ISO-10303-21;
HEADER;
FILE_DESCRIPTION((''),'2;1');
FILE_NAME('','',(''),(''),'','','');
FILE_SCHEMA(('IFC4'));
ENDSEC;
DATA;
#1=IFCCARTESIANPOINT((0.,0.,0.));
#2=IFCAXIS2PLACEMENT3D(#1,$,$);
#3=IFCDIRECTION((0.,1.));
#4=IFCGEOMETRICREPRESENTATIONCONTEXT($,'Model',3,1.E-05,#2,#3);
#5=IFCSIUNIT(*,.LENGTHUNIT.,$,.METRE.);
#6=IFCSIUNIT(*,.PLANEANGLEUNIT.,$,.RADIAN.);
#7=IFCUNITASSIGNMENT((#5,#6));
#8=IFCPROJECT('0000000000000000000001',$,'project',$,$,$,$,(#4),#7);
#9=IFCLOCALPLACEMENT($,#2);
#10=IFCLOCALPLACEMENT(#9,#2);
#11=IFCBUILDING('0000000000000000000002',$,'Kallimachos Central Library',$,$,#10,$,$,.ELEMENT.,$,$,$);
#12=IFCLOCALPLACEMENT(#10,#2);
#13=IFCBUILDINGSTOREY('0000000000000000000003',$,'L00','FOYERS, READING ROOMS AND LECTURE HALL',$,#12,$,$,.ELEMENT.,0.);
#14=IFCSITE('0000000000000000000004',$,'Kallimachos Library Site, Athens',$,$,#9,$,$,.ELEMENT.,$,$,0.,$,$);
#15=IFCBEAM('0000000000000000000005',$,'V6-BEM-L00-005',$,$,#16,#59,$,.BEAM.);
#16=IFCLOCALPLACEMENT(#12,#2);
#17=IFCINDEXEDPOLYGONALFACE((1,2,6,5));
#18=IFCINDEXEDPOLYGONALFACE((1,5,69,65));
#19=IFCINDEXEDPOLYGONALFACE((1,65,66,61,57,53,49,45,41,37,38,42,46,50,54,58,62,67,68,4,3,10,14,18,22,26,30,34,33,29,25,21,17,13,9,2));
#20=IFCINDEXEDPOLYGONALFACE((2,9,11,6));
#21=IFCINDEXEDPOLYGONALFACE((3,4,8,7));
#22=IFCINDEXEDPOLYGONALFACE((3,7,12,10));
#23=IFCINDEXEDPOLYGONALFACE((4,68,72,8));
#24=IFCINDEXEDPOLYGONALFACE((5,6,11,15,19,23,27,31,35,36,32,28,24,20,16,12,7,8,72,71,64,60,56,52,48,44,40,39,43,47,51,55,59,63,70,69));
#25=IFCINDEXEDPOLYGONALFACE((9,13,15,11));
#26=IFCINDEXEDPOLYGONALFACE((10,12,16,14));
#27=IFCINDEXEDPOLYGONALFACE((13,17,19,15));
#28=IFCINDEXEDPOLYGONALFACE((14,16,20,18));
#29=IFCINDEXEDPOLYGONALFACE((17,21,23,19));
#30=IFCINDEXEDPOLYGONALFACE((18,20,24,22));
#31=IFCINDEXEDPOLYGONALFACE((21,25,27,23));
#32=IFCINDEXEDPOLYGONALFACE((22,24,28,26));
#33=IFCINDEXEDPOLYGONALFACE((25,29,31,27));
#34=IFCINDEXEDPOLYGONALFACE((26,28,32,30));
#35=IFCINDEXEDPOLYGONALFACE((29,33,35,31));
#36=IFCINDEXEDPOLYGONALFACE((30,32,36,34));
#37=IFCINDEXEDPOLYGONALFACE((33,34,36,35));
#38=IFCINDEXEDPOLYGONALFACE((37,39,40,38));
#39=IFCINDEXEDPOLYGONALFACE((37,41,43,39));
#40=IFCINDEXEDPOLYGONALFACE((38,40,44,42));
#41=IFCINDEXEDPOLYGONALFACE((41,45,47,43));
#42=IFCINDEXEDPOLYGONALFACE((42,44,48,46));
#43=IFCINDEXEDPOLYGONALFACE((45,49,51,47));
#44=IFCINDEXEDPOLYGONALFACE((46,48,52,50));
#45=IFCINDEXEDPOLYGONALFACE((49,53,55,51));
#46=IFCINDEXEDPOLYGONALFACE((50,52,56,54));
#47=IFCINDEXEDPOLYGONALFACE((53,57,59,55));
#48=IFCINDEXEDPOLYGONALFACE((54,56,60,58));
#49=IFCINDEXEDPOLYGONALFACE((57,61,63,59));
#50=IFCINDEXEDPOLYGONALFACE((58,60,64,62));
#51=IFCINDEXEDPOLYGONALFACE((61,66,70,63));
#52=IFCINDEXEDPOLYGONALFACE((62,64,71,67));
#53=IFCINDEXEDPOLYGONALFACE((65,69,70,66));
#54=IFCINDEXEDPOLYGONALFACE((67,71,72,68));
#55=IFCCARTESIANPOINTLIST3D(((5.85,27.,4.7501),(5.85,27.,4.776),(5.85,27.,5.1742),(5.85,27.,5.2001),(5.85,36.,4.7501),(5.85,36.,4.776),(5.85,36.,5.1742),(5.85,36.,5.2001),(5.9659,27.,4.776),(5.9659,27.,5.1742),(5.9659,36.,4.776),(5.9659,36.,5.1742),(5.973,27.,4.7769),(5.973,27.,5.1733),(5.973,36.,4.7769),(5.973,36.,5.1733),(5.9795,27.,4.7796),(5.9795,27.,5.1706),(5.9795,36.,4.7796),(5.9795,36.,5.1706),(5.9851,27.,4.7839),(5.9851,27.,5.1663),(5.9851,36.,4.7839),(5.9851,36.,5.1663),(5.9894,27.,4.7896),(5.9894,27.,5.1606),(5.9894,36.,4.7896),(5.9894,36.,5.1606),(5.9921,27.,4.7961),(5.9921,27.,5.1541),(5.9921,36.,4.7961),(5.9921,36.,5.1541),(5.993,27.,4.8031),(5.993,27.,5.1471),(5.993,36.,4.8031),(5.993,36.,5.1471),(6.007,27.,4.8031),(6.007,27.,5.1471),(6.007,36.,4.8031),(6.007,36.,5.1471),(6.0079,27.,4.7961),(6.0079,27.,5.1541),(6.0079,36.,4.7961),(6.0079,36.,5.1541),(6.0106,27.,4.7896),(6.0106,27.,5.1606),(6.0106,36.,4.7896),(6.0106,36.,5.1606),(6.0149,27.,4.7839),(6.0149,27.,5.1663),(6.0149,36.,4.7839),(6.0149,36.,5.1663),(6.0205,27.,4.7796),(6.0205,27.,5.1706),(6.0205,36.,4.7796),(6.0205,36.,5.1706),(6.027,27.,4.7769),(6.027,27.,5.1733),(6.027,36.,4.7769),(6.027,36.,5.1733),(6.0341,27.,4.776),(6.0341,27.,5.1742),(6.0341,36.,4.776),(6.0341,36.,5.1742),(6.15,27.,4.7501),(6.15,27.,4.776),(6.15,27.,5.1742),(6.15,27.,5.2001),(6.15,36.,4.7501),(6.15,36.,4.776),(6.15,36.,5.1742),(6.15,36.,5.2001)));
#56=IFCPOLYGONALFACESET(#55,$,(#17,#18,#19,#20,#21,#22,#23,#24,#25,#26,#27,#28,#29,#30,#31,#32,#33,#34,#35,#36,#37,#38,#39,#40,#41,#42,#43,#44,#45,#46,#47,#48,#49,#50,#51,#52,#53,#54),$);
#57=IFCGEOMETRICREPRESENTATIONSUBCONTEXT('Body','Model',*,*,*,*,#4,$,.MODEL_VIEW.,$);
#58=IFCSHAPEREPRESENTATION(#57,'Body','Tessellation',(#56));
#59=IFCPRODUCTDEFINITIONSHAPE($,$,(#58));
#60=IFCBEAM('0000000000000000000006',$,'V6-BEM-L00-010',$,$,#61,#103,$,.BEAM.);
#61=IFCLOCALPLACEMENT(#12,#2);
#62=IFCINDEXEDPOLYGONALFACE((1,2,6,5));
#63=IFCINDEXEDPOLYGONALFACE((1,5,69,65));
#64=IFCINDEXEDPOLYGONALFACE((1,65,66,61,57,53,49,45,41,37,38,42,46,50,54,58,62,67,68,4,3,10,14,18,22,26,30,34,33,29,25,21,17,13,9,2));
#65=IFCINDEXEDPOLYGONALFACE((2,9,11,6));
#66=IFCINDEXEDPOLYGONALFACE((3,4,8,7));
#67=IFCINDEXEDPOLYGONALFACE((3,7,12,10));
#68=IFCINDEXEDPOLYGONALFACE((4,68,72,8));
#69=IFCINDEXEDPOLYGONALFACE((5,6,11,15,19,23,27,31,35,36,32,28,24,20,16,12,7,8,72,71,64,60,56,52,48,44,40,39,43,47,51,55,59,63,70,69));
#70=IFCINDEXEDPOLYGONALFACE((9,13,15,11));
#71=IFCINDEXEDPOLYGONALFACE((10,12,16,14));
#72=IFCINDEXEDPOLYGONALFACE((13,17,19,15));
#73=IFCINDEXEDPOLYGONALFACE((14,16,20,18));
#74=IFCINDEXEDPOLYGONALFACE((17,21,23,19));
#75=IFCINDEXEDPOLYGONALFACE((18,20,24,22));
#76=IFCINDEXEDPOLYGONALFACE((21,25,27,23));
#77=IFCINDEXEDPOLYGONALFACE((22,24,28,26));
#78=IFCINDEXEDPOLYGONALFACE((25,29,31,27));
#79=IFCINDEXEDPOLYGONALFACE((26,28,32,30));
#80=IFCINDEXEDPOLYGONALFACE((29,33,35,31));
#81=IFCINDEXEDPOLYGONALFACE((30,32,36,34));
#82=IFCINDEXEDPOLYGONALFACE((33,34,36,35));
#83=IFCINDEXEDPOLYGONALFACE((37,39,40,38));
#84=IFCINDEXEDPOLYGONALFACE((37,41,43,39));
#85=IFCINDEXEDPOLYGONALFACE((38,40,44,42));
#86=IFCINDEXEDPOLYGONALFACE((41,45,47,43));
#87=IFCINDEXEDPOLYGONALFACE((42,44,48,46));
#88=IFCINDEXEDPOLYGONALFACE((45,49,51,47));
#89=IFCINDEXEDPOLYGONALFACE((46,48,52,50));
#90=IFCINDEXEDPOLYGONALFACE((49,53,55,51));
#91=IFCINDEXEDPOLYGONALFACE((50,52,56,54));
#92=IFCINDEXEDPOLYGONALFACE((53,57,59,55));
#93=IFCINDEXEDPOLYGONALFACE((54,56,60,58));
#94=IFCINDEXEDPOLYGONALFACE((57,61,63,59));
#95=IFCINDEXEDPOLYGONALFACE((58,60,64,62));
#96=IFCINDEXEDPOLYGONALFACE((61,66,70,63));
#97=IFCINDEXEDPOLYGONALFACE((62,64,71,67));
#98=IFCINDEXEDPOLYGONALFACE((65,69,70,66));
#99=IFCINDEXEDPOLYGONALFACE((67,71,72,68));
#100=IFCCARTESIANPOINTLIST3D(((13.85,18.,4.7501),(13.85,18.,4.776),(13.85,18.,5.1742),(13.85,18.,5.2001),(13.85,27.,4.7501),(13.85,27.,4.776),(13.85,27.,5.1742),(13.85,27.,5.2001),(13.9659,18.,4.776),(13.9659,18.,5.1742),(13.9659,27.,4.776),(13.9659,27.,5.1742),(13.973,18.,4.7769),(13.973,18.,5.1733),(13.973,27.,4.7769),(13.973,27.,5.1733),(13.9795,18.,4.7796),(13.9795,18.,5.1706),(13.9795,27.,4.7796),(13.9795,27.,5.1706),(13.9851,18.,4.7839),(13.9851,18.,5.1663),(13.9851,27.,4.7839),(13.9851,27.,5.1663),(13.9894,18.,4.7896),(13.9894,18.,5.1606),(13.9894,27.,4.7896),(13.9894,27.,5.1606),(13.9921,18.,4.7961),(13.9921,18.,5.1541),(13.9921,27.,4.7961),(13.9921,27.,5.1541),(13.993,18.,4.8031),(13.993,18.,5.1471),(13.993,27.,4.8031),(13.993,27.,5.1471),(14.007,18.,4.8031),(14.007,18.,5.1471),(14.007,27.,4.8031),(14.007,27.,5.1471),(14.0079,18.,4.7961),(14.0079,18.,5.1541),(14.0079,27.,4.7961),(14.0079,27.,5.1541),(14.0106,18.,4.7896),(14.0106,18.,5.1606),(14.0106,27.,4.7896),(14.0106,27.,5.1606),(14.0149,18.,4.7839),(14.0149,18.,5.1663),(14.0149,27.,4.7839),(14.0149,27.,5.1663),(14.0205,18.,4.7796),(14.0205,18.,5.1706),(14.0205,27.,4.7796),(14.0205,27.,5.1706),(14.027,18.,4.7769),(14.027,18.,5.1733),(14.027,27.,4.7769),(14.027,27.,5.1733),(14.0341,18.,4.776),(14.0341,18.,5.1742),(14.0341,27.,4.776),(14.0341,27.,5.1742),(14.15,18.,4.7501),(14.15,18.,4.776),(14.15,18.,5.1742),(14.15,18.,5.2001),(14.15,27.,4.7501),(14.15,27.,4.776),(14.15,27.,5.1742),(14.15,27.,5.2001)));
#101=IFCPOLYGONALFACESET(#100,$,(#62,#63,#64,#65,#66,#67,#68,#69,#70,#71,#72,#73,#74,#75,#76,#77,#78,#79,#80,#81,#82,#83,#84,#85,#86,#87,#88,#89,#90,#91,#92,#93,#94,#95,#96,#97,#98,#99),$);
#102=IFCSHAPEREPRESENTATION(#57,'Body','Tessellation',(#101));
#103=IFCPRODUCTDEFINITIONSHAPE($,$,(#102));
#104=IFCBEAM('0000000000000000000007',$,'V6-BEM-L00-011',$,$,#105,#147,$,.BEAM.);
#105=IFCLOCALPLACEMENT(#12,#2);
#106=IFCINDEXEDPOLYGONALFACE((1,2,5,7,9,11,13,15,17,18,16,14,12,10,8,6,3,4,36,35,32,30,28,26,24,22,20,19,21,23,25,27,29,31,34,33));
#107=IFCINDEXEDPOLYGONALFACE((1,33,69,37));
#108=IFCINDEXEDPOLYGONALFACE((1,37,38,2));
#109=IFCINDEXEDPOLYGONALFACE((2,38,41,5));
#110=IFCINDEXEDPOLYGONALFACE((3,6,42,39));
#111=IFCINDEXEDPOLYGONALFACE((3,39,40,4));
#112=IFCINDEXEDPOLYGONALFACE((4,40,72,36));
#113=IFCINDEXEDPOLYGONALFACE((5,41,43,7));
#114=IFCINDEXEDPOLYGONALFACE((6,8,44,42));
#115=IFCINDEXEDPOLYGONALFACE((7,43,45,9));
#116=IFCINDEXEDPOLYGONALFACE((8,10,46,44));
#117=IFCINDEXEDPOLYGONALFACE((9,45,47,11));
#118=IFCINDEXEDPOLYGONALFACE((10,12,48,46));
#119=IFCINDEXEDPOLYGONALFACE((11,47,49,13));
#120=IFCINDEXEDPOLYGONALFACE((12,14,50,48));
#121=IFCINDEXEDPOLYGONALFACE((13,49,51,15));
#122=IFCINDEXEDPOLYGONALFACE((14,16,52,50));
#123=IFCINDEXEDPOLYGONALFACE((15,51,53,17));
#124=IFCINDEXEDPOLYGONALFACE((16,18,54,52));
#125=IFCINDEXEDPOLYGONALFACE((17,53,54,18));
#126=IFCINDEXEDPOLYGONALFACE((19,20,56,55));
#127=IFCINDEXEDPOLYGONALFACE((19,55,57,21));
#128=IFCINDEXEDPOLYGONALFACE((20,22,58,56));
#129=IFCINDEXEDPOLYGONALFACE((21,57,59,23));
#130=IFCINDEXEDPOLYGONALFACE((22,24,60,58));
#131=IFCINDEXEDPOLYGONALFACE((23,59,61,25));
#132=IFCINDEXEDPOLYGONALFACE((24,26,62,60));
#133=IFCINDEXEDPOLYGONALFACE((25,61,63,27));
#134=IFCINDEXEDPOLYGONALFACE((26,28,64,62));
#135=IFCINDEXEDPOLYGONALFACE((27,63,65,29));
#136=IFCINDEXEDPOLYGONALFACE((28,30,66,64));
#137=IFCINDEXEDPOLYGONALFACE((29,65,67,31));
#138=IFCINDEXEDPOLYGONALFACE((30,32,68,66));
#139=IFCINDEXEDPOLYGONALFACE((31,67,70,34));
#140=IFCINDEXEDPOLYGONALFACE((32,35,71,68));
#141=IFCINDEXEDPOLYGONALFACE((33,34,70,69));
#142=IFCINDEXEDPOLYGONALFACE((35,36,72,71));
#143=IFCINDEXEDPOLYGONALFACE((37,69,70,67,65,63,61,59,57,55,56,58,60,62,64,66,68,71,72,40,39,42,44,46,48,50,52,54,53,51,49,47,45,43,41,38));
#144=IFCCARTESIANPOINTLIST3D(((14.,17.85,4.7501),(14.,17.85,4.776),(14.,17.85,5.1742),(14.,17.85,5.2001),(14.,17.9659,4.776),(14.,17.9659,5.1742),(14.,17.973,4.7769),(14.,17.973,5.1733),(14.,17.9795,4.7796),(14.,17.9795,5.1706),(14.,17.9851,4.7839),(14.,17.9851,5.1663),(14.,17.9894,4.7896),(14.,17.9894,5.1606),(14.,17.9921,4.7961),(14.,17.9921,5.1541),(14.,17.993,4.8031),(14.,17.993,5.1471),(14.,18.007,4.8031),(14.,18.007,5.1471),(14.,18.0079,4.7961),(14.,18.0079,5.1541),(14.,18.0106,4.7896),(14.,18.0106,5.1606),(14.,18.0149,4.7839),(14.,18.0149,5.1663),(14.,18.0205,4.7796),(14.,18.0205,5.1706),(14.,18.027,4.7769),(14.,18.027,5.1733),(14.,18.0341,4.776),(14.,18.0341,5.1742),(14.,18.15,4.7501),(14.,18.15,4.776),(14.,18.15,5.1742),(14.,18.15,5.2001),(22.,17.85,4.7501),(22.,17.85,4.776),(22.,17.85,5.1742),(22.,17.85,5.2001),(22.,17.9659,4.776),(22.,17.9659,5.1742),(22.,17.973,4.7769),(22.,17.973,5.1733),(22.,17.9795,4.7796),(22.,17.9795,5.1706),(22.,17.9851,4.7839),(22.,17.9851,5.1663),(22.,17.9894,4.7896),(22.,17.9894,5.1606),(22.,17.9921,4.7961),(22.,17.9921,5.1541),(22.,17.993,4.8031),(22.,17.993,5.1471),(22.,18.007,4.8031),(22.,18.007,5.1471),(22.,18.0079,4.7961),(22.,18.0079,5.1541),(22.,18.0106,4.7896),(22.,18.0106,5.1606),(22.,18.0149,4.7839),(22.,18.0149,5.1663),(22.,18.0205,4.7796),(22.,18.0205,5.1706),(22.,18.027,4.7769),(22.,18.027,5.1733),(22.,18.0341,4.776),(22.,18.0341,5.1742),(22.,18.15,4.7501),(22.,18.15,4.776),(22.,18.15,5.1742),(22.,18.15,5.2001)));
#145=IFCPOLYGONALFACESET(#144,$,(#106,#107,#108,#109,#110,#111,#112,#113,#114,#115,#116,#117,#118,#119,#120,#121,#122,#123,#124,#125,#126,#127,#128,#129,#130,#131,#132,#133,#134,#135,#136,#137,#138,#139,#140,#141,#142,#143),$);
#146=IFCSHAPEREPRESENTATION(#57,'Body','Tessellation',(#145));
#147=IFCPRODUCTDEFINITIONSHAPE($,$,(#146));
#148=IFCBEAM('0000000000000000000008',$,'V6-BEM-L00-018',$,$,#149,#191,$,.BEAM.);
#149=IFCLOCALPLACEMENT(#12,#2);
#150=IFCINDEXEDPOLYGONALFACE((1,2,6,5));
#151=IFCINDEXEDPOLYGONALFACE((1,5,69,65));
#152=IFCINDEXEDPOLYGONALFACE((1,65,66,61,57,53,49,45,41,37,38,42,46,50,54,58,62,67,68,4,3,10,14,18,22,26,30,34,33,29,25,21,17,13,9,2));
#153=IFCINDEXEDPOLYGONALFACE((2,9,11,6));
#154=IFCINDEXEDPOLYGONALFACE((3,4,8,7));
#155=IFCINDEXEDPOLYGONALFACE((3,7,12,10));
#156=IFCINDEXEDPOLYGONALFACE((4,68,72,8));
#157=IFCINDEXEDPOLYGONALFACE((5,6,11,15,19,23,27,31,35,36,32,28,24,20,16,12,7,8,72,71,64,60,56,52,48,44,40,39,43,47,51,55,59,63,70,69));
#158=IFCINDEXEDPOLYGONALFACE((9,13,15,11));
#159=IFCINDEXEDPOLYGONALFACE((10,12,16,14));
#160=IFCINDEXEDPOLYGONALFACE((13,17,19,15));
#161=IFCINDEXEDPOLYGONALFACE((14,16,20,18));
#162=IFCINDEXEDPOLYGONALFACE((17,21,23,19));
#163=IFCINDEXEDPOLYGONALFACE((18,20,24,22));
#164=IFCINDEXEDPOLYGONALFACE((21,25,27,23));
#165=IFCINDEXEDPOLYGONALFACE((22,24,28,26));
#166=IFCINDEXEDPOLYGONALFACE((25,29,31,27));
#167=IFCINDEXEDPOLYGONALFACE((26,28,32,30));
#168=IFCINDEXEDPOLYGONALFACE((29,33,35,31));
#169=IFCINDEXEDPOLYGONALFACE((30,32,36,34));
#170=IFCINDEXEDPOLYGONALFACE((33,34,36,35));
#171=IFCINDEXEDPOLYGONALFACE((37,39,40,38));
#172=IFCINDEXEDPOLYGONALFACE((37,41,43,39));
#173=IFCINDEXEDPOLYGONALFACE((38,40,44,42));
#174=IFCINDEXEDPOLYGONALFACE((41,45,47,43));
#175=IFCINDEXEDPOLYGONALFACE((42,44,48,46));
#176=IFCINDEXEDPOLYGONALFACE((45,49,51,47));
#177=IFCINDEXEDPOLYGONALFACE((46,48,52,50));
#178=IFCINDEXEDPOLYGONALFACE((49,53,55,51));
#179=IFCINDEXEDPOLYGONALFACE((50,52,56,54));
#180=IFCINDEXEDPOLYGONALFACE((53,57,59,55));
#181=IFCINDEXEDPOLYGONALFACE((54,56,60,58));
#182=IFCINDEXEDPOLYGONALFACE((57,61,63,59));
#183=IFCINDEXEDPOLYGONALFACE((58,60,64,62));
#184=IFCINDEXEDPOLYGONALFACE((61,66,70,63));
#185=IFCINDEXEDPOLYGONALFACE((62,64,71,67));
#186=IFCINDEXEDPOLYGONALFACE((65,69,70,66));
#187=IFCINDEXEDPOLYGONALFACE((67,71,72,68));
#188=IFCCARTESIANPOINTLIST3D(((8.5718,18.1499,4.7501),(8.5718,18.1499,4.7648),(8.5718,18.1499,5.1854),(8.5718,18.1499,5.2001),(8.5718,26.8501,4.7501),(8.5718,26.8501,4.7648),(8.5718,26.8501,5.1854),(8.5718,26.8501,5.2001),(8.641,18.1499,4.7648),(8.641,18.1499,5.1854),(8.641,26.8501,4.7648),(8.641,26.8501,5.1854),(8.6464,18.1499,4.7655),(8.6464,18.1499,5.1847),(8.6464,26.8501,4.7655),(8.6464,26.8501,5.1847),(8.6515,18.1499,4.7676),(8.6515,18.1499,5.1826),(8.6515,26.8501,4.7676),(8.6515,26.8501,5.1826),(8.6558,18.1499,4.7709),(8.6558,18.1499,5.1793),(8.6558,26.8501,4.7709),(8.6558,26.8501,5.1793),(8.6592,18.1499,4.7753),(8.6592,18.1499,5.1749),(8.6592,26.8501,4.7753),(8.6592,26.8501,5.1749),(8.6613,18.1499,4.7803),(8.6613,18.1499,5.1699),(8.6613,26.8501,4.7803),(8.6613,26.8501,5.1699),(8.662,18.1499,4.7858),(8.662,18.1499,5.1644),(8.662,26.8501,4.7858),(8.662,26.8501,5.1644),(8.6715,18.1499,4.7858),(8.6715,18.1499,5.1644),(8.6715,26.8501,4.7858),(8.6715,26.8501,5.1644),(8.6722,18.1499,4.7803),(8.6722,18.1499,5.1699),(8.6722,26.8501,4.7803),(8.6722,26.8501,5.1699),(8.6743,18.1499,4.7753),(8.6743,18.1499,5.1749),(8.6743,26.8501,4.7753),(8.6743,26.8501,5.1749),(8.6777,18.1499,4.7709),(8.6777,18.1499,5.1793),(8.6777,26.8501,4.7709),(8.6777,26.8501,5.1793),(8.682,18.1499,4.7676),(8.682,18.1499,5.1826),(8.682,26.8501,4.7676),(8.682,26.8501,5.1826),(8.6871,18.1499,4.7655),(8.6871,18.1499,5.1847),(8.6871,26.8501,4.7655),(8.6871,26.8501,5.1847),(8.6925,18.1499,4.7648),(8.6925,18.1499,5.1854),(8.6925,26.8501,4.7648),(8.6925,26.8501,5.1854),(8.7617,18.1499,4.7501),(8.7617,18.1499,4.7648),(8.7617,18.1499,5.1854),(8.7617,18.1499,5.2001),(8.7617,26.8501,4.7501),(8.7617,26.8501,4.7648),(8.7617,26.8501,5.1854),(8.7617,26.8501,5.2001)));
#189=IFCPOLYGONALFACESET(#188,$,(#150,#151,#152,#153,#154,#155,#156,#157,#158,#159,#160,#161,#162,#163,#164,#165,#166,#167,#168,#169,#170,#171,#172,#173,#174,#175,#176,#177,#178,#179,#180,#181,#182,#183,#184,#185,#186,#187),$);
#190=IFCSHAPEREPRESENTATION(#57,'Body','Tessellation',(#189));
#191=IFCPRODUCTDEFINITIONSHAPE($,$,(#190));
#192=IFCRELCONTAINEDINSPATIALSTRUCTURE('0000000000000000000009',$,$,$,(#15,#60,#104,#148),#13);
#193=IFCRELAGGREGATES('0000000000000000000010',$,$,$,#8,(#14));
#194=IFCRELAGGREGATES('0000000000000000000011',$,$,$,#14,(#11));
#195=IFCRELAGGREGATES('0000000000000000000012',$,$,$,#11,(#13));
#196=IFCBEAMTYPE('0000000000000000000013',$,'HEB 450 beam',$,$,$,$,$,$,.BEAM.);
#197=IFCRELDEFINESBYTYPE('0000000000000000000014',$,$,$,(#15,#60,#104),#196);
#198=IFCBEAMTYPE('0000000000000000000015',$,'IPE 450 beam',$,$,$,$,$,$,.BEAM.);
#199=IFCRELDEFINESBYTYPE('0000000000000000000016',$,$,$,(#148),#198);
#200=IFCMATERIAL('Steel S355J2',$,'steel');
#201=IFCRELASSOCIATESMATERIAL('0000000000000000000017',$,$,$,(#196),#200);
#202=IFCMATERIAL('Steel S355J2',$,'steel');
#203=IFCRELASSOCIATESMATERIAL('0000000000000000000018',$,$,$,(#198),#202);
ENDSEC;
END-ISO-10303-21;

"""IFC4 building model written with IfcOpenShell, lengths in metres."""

from ifc_helpers import new_model, si_unit, direction, frame, origin, origin_2d, place, context, subcontext, project, spatial, i_section, extrude, material, material_profile, profile_set, type_object, element, save


model = new_model("IFC4")

# Units and contexts
model_context = context("Model", 3, precision=1e-05, world=origin(), true_north=direction((0.0, 1.0)))
body_context = subcontext(model_context, "Body", "Model", "MODEL_VIEW")
ifc_project = project(units=[si_unit("LENGTHUNIT", "METRE"), si_unit("PLANEANGLEUNIT", "RADIAN")], contexts=[model_context])

# Site, building, storey
site_placement = place(None, origin())
site = spatial("IfcSite", under=ifc_project, at=site_placement, Name="Kallimachos Library Site, Athens", CompositionType="ELEMENT", RefElevation=0.0)
building_placement = place(site_placement, origin())
building = spatial("IfcBuilding", under=site, at=building_placement, Name="Kallimachos Central Library", CompositionType="ELEMENT")
storey_placement = place(building_placement, origin())
storey = spatial("IfcBuildingStorey", under=building, at=storey_placement, Name="L00", Description="FOYERS, READING ROOMS AND LECTURE HALL", CompositionType="ELEMENT", Elevation=0.0)

# Beams
ifc_material_1 = material(Name="Steel S355J2", Category="steel")
ifc_material_profile_1 = material_profile(ifc_material_1, i_section(OverallWidth=0.3, OverallDepth=0.45, WebThickness=0.0139, FlangeThickness=0.0259, FilletRadius=0.0271, at=origin_2d()), Name="HEB 450")
ifc_profile_set_1 = profile_set([ifc_material_profile_1], Name="Steel S355J2")
beam_type_1 = type_object("IfcBeamType", Name="HEB 450 beam", PredefinedType="BEAM", material=ifc_profile_set_1)
for number, where, z_axis, x_axis, name in (
    (1, (6.0, 27.0, 4.9751), (0.0, 1.0, 0.0), (-1.0, 0.0, 0.0), "V6-BEM-L00-005"),
    (2, (14.0, 18.0, 4.9751), (0.0, 1.0, 0.0), (-1.0, 0.0, 0.0), "V6-BEM-L00-010"),
):
    element("IfcBeam", number, at=place(storey_placement, frame(where, z_axis=z_axis, x_axis=x_axis)), inside=storey, type_object=beam_type_1, Name=name, PredefinedType="BEAM", context=body_context, shape_type="SweptSolid", body=[
        extrude(i_section(OverallWidth=0.3, OverallDepth=0.45, WebThickness=0.0139, FlangeThickness=0.0259, FilletRadius=0.0271, at=origin_2d()), origin(), (0.0, 0.0, 1.0), 9.0),
    ])
beam_1_placement = place(storey_placement, frame((14.0, 18.0, 4.9751), z_axis=(1.0, 0.0, 0.0), x_axis=(0.0, 1.0, 0.0)))
element("IfcBeam", 3, at=beam_1_placement, inside=storey, type_object=beam_type_1, Name="V6-BEM-L00-011", PredefinedType="BEAM", context=body_context, shape_type="SweptSolid", body=[
    extrude(i_section(OverallWidth=0.3, OverallDepth=0.45, WebThickness=0.0139, FlangeThickness=0.0259, FilletRadius=0.0271, at=origin_2d()), origin(), (0.0, 0.0, 1.0), 8.0),
])
ifc_material_2 = material(Name="Steel S355J2", Category="steel")
ifc_material_profile_2 = material_profile(ifc_material_2, i_section(OverallWidth=0.1899, OverallDepth=0.45, WebThickness=0.0095, FlangeThickness=0.0146, FilletRadius=0.021, at=origin_2d()), Name="IPE 450")
ifc_profile_set_2 = profile_set([ifc_material_profile_2], Name="Steel S355J2")
beam_type_2 = type_object("IfcBeamType", Name="IPE 450 beam", PredefinedType="BEAM", material=ifc_profile_set_2)
for number, where, z_axis, x_axis, name in (
    (4, (8.6667, 18.1499, 4.9751), (0.0, 1.0, 0.0), (-1.0, 0.0, 0.0), "V6-BEM-L00-018"),
):
    element("IfcBeam", number, at=place(storey_placement, frame(where, z_axis=z_axis, x_axis=x_axis)), inside=storey, type_object=beam_type_2, Name=name, PredefinedType="BEAM", context=body_context, shape_type="SweptSolid", body=[
        extrude(i_section(OverallWidth=0.1899, OverallDepth=0.45, WebThickness=0.0095, FlangeThickness=0.0146, FilletRadius=0.021, at=origin_2d()), origin(), (0.0, 0.0, 1.0), 8.7002),
    ])

save(model, "model.ifc")
